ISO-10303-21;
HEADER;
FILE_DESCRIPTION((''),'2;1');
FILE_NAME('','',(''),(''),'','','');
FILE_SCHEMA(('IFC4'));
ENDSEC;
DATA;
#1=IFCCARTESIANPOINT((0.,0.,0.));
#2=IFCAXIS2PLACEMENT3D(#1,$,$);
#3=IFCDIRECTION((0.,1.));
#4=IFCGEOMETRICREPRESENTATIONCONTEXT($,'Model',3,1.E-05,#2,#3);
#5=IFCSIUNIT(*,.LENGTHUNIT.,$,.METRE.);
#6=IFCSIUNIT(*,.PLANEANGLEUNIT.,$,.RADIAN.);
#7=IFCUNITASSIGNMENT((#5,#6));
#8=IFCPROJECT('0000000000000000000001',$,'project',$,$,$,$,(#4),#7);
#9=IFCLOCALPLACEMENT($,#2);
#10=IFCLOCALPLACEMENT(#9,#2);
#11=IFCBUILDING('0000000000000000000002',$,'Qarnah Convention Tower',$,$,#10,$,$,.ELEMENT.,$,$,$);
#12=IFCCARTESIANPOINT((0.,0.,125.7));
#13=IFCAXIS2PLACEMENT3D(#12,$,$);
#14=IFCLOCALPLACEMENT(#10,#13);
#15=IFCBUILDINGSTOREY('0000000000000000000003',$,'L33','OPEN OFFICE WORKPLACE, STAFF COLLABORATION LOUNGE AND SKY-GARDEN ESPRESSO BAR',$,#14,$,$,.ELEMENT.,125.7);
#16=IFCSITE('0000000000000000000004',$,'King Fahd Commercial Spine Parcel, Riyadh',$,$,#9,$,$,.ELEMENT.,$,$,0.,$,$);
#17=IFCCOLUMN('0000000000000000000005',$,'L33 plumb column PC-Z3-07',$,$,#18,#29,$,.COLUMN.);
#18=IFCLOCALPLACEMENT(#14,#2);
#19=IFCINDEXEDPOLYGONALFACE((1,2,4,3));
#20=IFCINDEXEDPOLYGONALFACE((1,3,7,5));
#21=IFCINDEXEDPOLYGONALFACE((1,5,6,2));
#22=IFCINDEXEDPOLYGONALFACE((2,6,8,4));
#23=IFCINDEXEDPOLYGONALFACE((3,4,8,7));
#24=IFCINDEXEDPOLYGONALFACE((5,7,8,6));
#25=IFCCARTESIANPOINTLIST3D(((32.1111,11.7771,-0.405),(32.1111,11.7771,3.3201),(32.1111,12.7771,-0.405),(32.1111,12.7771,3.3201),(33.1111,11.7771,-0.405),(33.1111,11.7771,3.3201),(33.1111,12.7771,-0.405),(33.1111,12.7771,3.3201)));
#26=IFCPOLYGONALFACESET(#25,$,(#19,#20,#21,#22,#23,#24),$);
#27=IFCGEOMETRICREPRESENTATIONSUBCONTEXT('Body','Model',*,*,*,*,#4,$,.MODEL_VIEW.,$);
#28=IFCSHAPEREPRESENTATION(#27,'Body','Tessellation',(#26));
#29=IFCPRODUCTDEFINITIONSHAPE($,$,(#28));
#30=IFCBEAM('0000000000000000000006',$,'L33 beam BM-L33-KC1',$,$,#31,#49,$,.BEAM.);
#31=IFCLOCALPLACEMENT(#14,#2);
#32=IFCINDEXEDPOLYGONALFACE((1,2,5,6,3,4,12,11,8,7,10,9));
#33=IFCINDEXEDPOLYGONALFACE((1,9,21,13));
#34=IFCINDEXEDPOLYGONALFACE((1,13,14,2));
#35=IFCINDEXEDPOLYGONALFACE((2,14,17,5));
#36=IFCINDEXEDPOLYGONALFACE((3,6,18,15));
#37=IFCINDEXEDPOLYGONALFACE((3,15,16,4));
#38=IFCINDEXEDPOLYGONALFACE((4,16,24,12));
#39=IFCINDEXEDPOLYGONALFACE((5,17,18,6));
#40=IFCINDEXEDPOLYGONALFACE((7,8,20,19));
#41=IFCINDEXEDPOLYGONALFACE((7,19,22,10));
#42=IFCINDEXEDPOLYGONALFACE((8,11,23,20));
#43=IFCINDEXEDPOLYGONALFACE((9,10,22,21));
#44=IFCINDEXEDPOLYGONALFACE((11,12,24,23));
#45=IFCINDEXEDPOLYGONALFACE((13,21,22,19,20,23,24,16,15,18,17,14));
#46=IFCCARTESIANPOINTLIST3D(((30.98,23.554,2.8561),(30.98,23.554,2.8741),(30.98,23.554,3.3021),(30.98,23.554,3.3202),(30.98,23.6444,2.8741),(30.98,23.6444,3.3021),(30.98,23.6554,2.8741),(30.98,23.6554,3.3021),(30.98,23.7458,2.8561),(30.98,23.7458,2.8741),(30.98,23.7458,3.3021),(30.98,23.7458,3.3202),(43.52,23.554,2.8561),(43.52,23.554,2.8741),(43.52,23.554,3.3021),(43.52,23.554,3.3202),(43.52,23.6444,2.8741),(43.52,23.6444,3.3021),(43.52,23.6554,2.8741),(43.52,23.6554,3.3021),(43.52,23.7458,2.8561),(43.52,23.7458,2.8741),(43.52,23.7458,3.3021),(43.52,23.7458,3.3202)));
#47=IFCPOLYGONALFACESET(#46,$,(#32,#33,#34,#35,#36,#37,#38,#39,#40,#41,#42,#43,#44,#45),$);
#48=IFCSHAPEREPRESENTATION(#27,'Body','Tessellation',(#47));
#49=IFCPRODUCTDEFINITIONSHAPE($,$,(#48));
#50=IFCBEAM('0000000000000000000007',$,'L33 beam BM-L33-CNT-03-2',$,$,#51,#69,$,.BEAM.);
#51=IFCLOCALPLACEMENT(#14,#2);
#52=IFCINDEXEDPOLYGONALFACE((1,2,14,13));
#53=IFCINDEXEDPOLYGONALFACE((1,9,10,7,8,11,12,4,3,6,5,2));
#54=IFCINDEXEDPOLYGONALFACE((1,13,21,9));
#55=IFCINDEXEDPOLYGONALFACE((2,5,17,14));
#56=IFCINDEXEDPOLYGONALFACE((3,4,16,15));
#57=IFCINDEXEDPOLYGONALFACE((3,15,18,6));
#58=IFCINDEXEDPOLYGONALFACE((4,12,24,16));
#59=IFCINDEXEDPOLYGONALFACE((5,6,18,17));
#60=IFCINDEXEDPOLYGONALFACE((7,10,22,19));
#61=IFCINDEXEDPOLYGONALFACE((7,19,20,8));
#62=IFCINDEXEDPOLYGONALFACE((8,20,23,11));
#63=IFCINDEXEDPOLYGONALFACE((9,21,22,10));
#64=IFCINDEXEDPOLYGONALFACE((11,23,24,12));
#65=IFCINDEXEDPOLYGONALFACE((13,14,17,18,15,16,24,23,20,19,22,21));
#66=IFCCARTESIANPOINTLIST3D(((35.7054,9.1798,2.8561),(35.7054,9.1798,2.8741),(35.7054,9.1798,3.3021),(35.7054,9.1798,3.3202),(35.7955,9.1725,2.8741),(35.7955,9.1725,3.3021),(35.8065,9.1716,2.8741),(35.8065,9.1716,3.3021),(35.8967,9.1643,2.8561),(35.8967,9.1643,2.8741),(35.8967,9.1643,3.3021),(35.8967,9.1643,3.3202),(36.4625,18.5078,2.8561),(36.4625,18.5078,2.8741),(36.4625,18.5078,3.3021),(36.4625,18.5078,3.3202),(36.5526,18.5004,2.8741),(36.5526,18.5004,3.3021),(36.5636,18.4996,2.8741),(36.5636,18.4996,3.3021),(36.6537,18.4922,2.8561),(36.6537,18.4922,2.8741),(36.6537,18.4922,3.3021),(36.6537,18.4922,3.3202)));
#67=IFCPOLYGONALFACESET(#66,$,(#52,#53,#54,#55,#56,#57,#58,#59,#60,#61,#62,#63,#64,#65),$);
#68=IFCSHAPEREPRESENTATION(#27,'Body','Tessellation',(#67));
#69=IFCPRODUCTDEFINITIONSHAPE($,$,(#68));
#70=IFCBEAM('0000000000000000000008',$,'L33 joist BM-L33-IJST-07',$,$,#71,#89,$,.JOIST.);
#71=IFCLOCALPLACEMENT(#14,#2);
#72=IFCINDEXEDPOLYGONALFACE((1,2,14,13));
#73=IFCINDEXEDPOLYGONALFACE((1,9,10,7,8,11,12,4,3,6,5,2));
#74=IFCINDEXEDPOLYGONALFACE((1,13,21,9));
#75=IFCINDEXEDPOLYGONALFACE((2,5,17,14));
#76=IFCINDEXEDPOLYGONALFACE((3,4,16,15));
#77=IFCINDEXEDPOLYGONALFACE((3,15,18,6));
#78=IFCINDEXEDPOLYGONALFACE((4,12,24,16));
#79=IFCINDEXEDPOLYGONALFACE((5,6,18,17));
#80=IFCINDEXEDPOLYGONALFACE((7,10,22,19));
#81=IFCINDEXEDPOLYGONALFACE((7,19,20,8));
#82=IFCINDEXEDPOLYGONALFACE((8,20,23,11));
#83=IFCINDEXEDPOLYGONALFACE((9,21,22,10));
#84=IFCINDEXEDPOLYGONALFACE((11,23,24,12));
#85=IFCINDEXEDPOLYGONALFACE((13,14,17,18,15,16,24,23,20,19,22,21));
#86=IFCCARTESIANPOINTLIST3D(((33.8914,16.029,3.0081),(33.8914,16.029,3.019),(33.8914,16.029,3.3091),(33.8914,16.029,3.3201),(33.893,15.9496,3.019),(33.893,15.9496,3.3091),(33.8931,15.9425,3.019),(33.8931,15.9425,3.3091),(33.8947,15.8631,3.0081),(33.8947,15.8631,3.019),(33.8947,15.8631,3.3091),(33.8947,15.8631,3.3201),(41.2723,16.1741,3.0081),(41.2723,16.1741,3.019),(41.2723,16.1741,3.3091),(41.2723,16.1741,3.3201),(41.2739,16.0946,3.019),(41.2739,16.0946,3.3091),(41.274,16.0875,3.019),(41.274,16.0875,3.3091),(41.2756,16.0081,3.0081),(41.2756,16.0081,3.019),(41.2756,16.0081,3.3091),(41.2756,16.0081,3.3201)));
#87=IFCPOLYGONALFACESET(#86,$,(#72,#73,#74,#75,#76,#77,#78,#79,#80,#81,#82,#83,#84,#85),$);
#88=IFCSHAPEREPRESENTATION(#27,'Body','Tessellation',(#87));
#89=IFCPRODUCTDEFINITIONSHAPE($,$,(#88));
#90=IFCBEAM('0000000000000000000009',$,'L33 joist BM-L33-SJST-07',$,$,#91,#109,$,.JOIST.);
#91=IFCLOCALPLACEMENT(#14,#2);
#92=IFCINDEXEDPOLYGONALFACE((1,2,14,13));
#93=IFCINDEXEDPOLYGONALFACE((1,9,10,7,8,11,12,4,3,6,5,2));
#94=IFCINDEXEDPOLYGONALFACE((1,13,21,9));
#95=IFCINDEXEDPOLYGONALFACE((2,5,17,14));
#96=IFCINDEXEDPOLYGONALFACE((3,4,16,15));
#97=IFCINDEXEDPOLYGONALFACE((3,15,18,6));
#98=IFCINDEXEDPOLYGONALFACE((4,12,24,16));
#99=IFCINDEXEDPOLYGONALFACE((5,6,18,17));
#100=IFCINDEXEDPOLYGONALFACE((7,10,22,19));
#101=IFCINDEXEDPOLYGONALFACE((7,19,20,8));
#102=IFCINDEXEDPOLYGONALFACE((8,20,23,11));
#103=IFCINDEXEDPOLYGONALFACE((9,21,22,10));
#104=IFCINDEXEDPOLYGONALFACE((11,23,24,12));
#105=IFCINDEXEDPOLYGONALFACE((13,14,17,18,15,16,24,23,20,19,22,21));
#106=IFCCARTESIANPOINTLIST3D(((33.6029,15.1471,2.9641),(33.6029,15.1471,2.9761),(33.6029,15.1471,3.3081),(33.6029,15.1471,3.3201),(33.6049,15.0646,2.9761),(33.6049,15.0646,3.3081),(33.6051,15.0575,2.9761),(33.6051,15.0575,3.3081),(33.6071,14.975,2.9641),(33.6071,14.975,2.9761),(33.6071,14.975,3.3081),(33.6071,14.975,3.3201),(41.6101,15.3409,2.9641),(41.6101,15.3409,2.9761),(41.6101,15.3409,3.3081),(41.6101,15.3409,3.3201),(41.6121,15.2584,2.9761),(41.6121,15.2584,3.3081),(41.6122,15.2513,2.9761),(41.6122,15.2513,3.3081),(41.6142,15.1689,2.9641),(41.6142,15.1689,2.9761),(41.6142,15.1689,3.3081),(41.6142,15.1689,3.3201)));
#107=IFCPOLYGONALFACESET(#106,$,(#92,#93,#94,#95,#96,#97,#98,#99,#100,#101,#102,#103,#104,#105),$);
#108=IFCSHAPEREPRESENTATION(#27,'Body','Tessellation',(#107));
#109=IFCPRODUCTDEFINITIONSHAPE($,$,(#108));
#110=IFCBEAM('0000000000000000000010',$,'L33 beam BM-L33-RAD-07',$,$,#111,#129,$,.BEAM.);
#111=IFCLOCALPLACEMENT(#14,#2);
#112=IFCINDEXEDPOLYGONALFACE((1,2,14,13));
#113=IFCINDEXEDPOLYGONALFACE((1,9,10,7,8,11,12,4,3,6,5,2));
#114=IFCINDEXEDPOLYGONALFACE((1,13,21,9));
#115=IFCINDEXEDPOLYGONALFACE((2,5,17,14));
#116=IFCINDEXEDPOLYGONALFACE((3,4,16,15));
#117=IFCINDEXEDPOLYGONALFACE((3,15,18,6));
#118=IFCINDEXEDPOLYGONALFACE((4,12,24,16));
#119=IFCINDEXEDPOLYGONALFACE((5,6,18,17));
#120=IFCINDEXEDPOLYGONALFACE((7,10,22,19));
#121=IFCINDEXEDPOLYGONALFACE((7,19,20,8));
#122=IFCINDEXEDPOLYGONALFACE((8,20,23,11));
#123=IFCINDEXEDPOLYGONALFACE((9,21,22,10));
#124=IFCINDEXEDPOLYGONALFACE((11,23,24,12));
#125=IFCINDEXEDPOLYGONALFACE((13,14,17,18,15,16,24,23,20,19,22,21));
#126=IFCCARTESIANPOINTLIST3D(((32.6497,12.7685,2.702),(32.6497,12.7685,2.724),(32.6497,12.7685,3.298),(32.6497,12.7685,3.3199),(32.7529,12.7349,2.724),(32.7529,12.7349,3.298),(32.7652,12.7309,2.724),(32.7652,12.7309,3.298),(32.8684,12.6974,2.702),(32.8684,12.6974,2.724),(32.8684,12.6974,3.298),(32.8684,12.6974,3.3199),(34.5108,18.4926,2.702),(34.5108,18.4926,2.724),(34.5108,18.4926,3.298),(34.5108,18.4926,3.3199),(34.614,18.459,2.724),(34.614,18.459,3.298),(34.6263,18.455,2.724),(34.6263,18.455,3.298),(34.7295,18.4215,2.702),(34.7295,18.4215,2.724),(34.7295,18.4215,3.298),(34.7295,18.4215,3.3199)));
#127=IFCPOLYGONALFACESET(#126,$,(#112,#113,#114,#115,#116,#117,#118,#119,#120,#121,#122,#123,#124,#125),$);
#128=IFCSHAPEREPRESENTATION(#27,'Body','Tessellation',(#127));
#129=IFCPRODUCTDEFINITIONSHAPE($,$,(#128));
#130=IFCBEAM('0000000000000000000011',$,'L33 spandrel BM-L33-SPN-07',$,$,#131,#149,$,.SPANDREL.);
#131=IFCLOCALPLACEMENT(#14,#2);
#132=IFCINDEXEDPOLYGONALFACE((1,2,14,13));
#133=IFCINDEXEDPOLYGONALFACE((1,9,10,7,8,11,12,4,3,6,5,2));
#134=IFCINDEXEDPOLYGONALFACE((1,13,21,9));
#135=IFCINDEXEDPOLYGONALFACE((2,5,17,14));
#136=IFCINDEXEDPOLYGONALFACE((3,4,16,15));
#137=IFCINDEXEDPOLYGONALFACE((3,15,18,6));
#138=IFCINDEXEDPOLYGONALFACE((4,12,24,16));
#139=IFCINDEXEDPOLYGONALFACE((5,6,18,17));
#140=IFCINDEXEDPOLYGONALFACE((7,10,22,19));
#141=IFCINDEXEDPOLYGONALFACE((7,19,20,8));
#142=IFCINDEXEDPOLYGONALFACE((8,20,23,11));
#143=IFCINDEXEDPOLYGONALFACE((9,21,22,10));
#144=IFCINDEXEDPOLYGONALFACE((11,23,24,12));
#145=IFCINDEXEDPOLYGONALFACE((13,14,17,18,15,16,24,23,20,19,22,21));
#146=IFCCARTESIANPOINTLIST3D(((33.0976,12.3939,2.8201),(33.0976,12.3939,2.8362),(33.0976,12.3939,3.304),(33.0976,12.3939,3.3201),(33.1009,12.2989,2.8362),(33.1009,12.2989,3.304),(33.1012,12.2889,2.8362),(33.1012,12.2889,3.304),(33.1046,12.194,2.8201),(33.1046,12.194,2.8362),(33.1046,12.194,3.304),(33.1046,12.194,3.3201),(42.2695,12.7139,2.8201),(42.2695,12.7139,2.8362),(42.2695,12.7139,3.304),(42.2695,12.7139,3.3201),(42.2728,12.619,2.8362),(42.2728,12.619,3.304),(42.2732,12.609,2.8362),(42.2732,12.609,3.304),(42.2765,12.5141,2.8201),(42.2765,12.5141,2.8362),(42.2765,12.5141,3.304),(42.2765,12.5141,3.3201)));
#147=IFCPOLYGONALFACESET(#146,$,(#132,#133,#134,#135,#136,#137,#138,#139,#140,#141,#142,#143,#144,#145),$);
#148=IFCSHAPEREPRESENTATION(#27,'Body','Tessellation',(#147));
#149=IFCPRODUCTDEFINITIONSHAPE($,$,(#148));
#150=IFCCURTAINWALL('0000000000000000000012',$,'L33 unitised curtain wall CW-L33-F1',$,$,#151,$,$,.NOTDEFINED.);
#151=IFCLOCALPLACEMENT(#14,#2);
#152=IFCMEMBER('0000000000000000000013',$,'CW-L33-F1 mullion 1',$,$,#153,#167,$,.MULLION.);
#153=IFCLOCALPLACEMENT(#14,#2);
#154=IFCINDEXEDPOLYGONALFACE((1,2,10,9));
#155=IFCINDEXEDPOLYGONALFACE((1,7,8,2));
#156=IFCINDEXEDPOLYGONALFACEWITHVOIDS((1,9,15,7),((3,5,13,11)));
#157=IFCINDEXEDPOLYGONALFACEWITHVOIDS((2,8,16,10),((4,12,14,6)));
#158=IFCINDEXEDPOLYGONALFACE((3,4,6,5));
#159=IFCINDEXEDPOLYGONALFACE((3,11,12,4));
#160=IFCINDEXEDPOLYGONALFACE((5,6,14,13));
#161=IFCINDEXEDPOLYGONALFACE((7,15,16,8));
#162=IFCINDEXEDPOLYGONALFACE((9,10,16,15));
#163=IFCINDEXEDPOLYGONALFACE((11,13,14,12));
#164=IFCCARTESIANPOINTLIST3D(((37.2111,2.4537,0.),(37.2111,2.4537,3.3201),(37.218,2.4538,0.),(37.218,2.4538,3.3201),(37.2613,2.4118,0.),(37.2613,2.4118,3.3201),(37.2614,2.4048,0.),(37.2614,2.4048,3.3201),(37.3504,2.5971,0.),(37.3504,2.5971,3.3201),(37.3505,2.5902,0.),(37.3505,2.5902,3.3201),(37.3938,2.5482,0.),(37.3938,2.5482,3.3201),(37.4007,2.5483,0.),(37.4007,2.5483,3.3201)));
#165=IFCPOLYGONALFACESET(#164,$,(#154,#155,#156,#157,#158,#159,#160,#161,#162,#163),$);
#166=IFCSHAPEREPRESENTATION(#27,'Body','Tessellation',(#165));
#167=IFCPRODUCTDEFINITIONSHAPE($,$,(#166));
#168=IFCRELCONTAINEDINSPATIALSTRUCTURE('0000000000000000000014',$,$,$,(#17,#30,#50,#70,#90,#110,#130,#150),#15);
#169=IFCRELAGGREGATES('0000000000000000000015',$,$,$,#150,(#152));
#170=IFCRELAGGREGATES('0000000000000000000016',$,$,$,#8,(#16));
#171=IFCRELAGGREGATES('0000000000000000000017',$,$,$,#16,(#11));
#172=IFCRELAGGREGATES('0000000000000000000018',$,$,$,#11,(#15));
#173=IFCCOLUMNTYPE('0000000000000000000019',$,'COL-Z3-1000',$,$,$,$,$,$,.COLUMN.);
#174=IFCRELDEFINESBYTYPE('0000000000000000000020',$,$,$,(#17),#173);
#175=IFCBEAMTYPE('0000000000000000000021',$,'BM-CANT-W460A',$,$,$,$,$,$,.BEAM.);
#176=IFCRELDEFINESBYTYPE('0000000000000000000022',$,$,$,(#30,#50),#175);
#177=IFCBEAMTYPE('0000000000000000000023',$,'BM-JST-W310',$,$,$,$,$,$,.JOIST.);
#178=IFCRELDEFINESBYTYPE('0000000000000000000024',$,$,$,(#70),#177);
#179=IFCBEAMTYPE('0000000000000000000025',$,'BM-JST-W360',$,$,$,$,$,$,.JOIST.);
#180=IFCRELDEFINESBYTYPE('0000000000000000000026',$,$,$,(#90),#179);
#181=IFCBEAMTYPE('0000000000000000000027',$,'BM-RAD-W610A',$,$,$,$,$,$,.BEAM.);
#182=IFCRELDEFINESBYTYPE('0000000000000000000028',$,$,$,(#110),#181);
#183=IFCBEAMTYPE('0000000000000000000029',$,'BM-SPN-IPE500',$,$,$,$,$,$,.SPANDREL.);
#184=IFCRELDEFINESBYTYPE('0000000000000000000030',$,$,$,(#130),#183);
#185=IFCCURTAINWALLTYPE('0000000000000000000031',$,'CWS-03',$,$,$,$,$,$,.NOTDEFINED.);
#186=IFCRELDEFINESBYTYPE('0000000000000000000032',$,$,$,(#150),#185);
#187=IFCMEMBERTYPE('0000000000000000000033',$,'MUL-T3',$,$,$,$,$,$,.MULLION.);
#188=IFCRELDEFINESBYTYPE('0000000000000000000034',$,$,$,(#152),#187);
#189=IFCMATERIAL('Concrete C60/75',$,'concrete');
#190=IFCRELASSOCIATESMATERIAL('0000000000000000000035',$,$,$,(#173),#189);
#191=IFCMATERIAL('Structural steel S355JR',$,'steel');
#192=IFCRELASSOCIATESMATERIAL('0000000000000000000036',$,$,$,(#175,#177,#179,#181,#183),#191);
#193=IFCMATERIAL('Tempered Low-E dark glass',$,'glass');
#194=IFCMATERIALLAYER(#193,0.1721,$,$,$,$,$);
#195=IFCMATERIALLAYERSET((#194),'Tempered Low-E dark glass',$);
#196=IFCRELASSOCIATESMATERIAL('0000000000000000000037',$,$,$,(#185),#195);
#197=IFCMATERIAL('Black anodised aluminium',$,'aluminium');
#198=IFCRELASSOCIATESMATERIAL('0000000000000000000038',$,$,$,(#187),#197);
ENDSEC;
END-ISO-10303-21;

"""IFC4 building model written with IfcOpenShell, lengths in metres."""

from ifc_helpers import new_model, si_unit, direction, frame, origin, origin_2d, place, context, subcontext, project, spatial, rectangle, hollow_rectangle, i_section, extrude, material, layer, layer_set, material_profile, profile_set, type_object, element, aggregate, save


model = new_model("IFC4")

# Units and contexts
model_context = context("Model", 3, precision=1e-05, world=origin(), true_north=direction((0.0, 1.0)))
body_context = subcontext(model_context, "Body", "Model", "MODEL_VIEW")
ifc_project = project(units=[si_unit("LENGTHUNIT", "METRE"), si_unit("PLANEANGLEUNIT", "RADIAN")], contexts=[model_context])

# Site, building, storey
site_placement = place(None, origin())
site = spatial("IfcSite", under=ifc_project, at=site_placement, Name="King Fahd Commercial Spine Parcel, Riyadh", CompositionType="ELEMENT", RefElevation=0.0)
building_placement = place(site_placement, origin())
building = spatial("IfcBuilding", under=site, at=building_placement, Name="Qarnah Convention Tower", CompositionType="ELEMENT")
storey_placement = place(building_placement, frame((0.0, 0.0, 125.7)))
storey = spatial("IfcBuildingStorey", under=building, at=storey_placement, Name="L33", Description="OPEN OFFICE WORKPLACE, STAFF COLLABORATION LOUNGE AND SKY-GARDEN ESPRESSO BAR", CompositionType="ELEMENT", Elevation=125.7)

# Column
ifc_material_1 = material(Name="Concrete C60/75", Category="concrete")
ifc_material_profile_1 = material_profile(ifc_material_1, rectangle(XDim=1.0, YDim=1.0, at=origin_2d()), Name="RC-COL-1000X1000")
ifc_profile_set_1 = profile_set([ifc_material_profile_1], Name="Concrete C60/75")
column_type = type_object("IfcColumnType", Name="COL-Z3-1000", PredefinedType="COLUMN", material=ifc_profile_set_1)
column_placement = place(storey_placement, frame((32.6111, 12.2771, -0.405), z_axis=(0.0, 0.0, 1.0), x_axis=(1.0, 0.0, 0.0)))
element("IfcColumn", 1, at=column_placement, inside=storey, type_object=column_type, Name="L33 plumb column PC-Z3-07", PredefinedType="COLUMN", context=body_context, shape_type="SweptSolid", body=[
    extrude(rectangle(XDim=1.0, YDim=1.0, at=origin_2d()), origin(), (0.0, 0.0, 1.0), 3.7251),
])

# Beams
ifc_material_2 = material(Name="Structural steel S355JR", Category="steel")
ifc_material_profile_2 = material_profile(ifc_material_2, i_section(OverallWidth=0.1919, OverallDepth=0.4641, WebThickness=0.011, FlangeThickness=0.0181, at=origin_2d()), Name="W460X89")
ifc_profile_set_2 = profile_set([ifc_material_profile_2], Name="Structural steel S355JR")
beam_type_1 = type_object("IfcBeamType", Name="BM-CANT-W460A", PredefinedType="BEAM", material=ifc_profile_set_2)
beam_1_placement = place(storey_placement, frame((30.98, 23.6499, 3.0881), z_axis=(1.0, 0.0, 0.0), x_axis=(0.0, 1.0, 0.0)))
element("IfcBeam", 2, at=beam_1_placement, inside=storey, type_object=beam_type_1, Name="L33 beam BM-L33-KC1", PredefinedType="BEAM", context=body_context, shape_type="SweptSolid", body=[
    extrude(i_section(OverallWidth=0.1919, OverallDepth=0.4641, WebThickness=0.011, FlangeThickness=0.0181, at=origin_2d()), origin(), (0.0, 0.0, 1.0), 12.54),
])
beam_2_placement = place(storey_placement, frame((36.5581, 18.5, 3.0881), z_axis=(-0.080897, -0.996722, 0.0), x_axis=(0.996722, -0.080897, 0.0)))
element("IfcBeam", 3, at=beam_2_placement, inside=storey, type_object=beam_type_1, Name="L33 beam BM-L33-CNT-03-2", PredefinedType="BEAM", context=body_context, shape_type="SweptSolid", body=[
    extrude(i_section(OverallWidth=0.1919, OverallDepth=0.4641, WebThickness=0.011, FlangeThickness=0.0181, at=origin_2d()), origin(), (0.0, 0.0, 1.0), 9.3586),
])
ifc_material_profile_3 = material_profile(ifc_material_2, i_section(OverallWidth=0.166, OverallDepth=0.312, WebThickness=0.0071, FlangeThickness=0.011, at=origin_2d()), Name="W310X45")
ifc_profile_set_3 = profile_set([ifc_material_profile_3], Name="Structural steel S355JR")
beam_type_2 = type_object("IfcBeamType", Name="BM-JST-W310", PredefinedType="JOIST", material=ifc_profile_set_3)
beam_3_placement = place(storey_placement, frame((33.8931, 15.946, 3.1641), z_axis=(0.999807, 0.019644, 0.0), x_axis=(-0.019644, 0.999807, 0.0)))
element("IfcBeam", 4, at=beam_3_placement, inside=storey, type_object=beam_type_2, Name="L33 joist BM-L33-IJST-07", PredefinedType="JOIST", context=body_context, shape_type="SweptSolid", body=[
    extrude(i_section(OverallWidth=0.166, OverallDepth=0.312, WebThickness=0.0071, FlangeThickness=0.011, at=origin_2d()), origin(), (0.0, 0.0, 1.0), 7.3823),
])
ifc_material_profile_4 = material_profile(ifc_material_2, i_section(OverallWidth=0.1721, OverallDepth=0.356, WebThickness=0.0071, FlangeThickness=0.012, at=origin_2d()), Name="W360X51")
ifc_profile_set_4 = profile_set([ifc_material_profile_4], Name="Structural steel S355JR")
beam_type_3 = type_object("IfcBeamType", Name="BM-JST-W360", PredefinedType="JOIST", material=ifc_profile_set_4)
beam_4_placement = place(storey_placement, frame((33.605, 15.061, 3.1421), z_axis=(0.999707, 0.024202, 0.0), x_axis=(-0.024202, 0.999707, 0.0)))
element("IfcBeam", 5, at=beam_4_placement, inside=storey, type_object=beam_type_3, Name="L33 joist BM-L33-SJST-07", PredefinedType="JOIST", context=body_context, shape_type="SweptSolid", body=[
    extrude(i_section(OverallWidth=0.1721, OverallDepth=0.356, WebThickness=0.0071, FlangeThickness=0.012, at=origin_2d()), origin(), (0.0, 0.0, 1.0), 8.0095),
])
ifc_material_profile_5 = material_profile(ifc_material_2, i_section(OverallWidth=0.23, OverallDepth=0.6179, WebThickness=0.0129, FlangeThickness=0.022, at=origin_2d()), Name="W610X140")
ifc_profile_set_5 = profile_set([ifc_material_profile_5], Name="Structural steel S355JR")
beam_type_4 = type_object("IfcBeamType", Name="BM-RAD-W610A", PredefinedType="BEAM", material=ifc_profile_set_5)
beam_5_placement = place(storey_placement, frame((34.6201, 18.457, 3.011), z_axis=(-0.309198, -0.950998, 0.0), x_axis=(0.950998, -0.309198, 0.0)))
element("IfcBeam", 6, at=beam_5_placement, inside=storey, type_object=beam_type_4, Name="L33 beam BM-L33-RAD-07", PredefinedType="BEAM", context=body_context, shape_type="SweptSolid", body=[
    extrude(i_section(OverallWidth=0.23, OverallDepth=0.6179, WebThickness=0.0129, FlangeThickness=0.022, at=origin_2d()), origin(), (0.0, 0.0, 1.0), 6.019),
])
ifc_material_profile_6 = material_profile(ifc_material_2, i_section(OverallWidth=0.2, OverallDepth=0.5, WebThickness=0.01, FlangeThickness=0.0161, at=origin_2d()), Name="IPE500")
ifc_profile_set_6 = profile_set([ifc_material_profile_6], Name="Structural steel S355JR")
beam_type_5 = type_object("IfcBeamType", Name="BM-SPN-IPE500", PredefinedType="SPANDREL", material=ifc_profile_set_6)
beam_6_placement = place(storey_placement, frame((33.1011, 12.2939, 3.0701), z_axis=(0.999392, 0.034875, 0.0), x_axis=(-0.034875, 0.999392, 0.0)))
element("IfcBeam", 7, at=beam_6_placement, inside=storey, type_object=beam_type_5, Name="L33 spandrel BM-L33-SPN-07", PredefinedType="SPANDREL", context=body_context, shape_type="SweptSolid", body=[
    extrude(i_section(OverallWidth=0.2, OverallDepth=0.5, WebThickness=0.01, FlangeThickness=0.0161, at=origin_2d()), origin(), (0.0, 0.0, 1.0), 9.1775),
])

# Curtain wall, member
ifc_material_3 = material(Name="Tempered Low-E dark glass", Category="glass")
ifc_layer_1 = layer(ifc_material_3, 0.1721)
ifc_layer_set_1 = layer_set([ifc_layer_1], Name="Tempered Low-E dark glass")
curtain_wall_type = type_object("IfcCurtainWallType", Name="CWS-03", PredefinedType="NOTDEFINED", material=ifc_layer_set_1)
curtain_wall_placement = place(storey_placement, origin())
curtain_wall = element("IfcCurtainWall", 8, at=curtain_wall_placement, inside=storey, type_object=curtain_wall_type, Name="L33 unitised curtain wall CW-L33-F1", PredefinedType="NOTDEFINED")
ifc_material_4 = material(Name="Black anodised aluminium", Category="aluminium")
ifc_material_profile_7 = material_profile(ifc_material_4, hollow_rectangle(XDim=0.0701, YDim=0.2, WallThickness=0.0049, at=origin_2d()), Name="MUL-70X200")
ifc_profile_set_7 = profile_set([ifc_material_profile_7], Name="Black anodised aluminium")
member_type_1 = type_object("IfcMemberType", Name="MUL-T3", PredefinedType="MULLION", material=ifc_profile_set_7)
member_1_placement = place(storey_placement, frame((37.3059, 2.501, 0.0), z_axis=(0.0, 0.0, 1.0), x_axis=(-0.71739, 0.696672, 0.0)))
member_1 = element("IfcMember", 9, at=member_1_placement, type_object=member_type_1, Name="CW-L33-F1 mullion 1", PredefinedType="MULLION", context=body_context, shape_type="SweptSolid", body=[
    extrude(hollow_rectangle(XDim=0.0701, YDim=0.2, WallThickness=0.0049, at=origin_2d()), origin(), (0.0, 0.0, 1.0), 3.3201),
])
aggregate(curtain_wall, [member_1])

save(model, "model.ifc")
